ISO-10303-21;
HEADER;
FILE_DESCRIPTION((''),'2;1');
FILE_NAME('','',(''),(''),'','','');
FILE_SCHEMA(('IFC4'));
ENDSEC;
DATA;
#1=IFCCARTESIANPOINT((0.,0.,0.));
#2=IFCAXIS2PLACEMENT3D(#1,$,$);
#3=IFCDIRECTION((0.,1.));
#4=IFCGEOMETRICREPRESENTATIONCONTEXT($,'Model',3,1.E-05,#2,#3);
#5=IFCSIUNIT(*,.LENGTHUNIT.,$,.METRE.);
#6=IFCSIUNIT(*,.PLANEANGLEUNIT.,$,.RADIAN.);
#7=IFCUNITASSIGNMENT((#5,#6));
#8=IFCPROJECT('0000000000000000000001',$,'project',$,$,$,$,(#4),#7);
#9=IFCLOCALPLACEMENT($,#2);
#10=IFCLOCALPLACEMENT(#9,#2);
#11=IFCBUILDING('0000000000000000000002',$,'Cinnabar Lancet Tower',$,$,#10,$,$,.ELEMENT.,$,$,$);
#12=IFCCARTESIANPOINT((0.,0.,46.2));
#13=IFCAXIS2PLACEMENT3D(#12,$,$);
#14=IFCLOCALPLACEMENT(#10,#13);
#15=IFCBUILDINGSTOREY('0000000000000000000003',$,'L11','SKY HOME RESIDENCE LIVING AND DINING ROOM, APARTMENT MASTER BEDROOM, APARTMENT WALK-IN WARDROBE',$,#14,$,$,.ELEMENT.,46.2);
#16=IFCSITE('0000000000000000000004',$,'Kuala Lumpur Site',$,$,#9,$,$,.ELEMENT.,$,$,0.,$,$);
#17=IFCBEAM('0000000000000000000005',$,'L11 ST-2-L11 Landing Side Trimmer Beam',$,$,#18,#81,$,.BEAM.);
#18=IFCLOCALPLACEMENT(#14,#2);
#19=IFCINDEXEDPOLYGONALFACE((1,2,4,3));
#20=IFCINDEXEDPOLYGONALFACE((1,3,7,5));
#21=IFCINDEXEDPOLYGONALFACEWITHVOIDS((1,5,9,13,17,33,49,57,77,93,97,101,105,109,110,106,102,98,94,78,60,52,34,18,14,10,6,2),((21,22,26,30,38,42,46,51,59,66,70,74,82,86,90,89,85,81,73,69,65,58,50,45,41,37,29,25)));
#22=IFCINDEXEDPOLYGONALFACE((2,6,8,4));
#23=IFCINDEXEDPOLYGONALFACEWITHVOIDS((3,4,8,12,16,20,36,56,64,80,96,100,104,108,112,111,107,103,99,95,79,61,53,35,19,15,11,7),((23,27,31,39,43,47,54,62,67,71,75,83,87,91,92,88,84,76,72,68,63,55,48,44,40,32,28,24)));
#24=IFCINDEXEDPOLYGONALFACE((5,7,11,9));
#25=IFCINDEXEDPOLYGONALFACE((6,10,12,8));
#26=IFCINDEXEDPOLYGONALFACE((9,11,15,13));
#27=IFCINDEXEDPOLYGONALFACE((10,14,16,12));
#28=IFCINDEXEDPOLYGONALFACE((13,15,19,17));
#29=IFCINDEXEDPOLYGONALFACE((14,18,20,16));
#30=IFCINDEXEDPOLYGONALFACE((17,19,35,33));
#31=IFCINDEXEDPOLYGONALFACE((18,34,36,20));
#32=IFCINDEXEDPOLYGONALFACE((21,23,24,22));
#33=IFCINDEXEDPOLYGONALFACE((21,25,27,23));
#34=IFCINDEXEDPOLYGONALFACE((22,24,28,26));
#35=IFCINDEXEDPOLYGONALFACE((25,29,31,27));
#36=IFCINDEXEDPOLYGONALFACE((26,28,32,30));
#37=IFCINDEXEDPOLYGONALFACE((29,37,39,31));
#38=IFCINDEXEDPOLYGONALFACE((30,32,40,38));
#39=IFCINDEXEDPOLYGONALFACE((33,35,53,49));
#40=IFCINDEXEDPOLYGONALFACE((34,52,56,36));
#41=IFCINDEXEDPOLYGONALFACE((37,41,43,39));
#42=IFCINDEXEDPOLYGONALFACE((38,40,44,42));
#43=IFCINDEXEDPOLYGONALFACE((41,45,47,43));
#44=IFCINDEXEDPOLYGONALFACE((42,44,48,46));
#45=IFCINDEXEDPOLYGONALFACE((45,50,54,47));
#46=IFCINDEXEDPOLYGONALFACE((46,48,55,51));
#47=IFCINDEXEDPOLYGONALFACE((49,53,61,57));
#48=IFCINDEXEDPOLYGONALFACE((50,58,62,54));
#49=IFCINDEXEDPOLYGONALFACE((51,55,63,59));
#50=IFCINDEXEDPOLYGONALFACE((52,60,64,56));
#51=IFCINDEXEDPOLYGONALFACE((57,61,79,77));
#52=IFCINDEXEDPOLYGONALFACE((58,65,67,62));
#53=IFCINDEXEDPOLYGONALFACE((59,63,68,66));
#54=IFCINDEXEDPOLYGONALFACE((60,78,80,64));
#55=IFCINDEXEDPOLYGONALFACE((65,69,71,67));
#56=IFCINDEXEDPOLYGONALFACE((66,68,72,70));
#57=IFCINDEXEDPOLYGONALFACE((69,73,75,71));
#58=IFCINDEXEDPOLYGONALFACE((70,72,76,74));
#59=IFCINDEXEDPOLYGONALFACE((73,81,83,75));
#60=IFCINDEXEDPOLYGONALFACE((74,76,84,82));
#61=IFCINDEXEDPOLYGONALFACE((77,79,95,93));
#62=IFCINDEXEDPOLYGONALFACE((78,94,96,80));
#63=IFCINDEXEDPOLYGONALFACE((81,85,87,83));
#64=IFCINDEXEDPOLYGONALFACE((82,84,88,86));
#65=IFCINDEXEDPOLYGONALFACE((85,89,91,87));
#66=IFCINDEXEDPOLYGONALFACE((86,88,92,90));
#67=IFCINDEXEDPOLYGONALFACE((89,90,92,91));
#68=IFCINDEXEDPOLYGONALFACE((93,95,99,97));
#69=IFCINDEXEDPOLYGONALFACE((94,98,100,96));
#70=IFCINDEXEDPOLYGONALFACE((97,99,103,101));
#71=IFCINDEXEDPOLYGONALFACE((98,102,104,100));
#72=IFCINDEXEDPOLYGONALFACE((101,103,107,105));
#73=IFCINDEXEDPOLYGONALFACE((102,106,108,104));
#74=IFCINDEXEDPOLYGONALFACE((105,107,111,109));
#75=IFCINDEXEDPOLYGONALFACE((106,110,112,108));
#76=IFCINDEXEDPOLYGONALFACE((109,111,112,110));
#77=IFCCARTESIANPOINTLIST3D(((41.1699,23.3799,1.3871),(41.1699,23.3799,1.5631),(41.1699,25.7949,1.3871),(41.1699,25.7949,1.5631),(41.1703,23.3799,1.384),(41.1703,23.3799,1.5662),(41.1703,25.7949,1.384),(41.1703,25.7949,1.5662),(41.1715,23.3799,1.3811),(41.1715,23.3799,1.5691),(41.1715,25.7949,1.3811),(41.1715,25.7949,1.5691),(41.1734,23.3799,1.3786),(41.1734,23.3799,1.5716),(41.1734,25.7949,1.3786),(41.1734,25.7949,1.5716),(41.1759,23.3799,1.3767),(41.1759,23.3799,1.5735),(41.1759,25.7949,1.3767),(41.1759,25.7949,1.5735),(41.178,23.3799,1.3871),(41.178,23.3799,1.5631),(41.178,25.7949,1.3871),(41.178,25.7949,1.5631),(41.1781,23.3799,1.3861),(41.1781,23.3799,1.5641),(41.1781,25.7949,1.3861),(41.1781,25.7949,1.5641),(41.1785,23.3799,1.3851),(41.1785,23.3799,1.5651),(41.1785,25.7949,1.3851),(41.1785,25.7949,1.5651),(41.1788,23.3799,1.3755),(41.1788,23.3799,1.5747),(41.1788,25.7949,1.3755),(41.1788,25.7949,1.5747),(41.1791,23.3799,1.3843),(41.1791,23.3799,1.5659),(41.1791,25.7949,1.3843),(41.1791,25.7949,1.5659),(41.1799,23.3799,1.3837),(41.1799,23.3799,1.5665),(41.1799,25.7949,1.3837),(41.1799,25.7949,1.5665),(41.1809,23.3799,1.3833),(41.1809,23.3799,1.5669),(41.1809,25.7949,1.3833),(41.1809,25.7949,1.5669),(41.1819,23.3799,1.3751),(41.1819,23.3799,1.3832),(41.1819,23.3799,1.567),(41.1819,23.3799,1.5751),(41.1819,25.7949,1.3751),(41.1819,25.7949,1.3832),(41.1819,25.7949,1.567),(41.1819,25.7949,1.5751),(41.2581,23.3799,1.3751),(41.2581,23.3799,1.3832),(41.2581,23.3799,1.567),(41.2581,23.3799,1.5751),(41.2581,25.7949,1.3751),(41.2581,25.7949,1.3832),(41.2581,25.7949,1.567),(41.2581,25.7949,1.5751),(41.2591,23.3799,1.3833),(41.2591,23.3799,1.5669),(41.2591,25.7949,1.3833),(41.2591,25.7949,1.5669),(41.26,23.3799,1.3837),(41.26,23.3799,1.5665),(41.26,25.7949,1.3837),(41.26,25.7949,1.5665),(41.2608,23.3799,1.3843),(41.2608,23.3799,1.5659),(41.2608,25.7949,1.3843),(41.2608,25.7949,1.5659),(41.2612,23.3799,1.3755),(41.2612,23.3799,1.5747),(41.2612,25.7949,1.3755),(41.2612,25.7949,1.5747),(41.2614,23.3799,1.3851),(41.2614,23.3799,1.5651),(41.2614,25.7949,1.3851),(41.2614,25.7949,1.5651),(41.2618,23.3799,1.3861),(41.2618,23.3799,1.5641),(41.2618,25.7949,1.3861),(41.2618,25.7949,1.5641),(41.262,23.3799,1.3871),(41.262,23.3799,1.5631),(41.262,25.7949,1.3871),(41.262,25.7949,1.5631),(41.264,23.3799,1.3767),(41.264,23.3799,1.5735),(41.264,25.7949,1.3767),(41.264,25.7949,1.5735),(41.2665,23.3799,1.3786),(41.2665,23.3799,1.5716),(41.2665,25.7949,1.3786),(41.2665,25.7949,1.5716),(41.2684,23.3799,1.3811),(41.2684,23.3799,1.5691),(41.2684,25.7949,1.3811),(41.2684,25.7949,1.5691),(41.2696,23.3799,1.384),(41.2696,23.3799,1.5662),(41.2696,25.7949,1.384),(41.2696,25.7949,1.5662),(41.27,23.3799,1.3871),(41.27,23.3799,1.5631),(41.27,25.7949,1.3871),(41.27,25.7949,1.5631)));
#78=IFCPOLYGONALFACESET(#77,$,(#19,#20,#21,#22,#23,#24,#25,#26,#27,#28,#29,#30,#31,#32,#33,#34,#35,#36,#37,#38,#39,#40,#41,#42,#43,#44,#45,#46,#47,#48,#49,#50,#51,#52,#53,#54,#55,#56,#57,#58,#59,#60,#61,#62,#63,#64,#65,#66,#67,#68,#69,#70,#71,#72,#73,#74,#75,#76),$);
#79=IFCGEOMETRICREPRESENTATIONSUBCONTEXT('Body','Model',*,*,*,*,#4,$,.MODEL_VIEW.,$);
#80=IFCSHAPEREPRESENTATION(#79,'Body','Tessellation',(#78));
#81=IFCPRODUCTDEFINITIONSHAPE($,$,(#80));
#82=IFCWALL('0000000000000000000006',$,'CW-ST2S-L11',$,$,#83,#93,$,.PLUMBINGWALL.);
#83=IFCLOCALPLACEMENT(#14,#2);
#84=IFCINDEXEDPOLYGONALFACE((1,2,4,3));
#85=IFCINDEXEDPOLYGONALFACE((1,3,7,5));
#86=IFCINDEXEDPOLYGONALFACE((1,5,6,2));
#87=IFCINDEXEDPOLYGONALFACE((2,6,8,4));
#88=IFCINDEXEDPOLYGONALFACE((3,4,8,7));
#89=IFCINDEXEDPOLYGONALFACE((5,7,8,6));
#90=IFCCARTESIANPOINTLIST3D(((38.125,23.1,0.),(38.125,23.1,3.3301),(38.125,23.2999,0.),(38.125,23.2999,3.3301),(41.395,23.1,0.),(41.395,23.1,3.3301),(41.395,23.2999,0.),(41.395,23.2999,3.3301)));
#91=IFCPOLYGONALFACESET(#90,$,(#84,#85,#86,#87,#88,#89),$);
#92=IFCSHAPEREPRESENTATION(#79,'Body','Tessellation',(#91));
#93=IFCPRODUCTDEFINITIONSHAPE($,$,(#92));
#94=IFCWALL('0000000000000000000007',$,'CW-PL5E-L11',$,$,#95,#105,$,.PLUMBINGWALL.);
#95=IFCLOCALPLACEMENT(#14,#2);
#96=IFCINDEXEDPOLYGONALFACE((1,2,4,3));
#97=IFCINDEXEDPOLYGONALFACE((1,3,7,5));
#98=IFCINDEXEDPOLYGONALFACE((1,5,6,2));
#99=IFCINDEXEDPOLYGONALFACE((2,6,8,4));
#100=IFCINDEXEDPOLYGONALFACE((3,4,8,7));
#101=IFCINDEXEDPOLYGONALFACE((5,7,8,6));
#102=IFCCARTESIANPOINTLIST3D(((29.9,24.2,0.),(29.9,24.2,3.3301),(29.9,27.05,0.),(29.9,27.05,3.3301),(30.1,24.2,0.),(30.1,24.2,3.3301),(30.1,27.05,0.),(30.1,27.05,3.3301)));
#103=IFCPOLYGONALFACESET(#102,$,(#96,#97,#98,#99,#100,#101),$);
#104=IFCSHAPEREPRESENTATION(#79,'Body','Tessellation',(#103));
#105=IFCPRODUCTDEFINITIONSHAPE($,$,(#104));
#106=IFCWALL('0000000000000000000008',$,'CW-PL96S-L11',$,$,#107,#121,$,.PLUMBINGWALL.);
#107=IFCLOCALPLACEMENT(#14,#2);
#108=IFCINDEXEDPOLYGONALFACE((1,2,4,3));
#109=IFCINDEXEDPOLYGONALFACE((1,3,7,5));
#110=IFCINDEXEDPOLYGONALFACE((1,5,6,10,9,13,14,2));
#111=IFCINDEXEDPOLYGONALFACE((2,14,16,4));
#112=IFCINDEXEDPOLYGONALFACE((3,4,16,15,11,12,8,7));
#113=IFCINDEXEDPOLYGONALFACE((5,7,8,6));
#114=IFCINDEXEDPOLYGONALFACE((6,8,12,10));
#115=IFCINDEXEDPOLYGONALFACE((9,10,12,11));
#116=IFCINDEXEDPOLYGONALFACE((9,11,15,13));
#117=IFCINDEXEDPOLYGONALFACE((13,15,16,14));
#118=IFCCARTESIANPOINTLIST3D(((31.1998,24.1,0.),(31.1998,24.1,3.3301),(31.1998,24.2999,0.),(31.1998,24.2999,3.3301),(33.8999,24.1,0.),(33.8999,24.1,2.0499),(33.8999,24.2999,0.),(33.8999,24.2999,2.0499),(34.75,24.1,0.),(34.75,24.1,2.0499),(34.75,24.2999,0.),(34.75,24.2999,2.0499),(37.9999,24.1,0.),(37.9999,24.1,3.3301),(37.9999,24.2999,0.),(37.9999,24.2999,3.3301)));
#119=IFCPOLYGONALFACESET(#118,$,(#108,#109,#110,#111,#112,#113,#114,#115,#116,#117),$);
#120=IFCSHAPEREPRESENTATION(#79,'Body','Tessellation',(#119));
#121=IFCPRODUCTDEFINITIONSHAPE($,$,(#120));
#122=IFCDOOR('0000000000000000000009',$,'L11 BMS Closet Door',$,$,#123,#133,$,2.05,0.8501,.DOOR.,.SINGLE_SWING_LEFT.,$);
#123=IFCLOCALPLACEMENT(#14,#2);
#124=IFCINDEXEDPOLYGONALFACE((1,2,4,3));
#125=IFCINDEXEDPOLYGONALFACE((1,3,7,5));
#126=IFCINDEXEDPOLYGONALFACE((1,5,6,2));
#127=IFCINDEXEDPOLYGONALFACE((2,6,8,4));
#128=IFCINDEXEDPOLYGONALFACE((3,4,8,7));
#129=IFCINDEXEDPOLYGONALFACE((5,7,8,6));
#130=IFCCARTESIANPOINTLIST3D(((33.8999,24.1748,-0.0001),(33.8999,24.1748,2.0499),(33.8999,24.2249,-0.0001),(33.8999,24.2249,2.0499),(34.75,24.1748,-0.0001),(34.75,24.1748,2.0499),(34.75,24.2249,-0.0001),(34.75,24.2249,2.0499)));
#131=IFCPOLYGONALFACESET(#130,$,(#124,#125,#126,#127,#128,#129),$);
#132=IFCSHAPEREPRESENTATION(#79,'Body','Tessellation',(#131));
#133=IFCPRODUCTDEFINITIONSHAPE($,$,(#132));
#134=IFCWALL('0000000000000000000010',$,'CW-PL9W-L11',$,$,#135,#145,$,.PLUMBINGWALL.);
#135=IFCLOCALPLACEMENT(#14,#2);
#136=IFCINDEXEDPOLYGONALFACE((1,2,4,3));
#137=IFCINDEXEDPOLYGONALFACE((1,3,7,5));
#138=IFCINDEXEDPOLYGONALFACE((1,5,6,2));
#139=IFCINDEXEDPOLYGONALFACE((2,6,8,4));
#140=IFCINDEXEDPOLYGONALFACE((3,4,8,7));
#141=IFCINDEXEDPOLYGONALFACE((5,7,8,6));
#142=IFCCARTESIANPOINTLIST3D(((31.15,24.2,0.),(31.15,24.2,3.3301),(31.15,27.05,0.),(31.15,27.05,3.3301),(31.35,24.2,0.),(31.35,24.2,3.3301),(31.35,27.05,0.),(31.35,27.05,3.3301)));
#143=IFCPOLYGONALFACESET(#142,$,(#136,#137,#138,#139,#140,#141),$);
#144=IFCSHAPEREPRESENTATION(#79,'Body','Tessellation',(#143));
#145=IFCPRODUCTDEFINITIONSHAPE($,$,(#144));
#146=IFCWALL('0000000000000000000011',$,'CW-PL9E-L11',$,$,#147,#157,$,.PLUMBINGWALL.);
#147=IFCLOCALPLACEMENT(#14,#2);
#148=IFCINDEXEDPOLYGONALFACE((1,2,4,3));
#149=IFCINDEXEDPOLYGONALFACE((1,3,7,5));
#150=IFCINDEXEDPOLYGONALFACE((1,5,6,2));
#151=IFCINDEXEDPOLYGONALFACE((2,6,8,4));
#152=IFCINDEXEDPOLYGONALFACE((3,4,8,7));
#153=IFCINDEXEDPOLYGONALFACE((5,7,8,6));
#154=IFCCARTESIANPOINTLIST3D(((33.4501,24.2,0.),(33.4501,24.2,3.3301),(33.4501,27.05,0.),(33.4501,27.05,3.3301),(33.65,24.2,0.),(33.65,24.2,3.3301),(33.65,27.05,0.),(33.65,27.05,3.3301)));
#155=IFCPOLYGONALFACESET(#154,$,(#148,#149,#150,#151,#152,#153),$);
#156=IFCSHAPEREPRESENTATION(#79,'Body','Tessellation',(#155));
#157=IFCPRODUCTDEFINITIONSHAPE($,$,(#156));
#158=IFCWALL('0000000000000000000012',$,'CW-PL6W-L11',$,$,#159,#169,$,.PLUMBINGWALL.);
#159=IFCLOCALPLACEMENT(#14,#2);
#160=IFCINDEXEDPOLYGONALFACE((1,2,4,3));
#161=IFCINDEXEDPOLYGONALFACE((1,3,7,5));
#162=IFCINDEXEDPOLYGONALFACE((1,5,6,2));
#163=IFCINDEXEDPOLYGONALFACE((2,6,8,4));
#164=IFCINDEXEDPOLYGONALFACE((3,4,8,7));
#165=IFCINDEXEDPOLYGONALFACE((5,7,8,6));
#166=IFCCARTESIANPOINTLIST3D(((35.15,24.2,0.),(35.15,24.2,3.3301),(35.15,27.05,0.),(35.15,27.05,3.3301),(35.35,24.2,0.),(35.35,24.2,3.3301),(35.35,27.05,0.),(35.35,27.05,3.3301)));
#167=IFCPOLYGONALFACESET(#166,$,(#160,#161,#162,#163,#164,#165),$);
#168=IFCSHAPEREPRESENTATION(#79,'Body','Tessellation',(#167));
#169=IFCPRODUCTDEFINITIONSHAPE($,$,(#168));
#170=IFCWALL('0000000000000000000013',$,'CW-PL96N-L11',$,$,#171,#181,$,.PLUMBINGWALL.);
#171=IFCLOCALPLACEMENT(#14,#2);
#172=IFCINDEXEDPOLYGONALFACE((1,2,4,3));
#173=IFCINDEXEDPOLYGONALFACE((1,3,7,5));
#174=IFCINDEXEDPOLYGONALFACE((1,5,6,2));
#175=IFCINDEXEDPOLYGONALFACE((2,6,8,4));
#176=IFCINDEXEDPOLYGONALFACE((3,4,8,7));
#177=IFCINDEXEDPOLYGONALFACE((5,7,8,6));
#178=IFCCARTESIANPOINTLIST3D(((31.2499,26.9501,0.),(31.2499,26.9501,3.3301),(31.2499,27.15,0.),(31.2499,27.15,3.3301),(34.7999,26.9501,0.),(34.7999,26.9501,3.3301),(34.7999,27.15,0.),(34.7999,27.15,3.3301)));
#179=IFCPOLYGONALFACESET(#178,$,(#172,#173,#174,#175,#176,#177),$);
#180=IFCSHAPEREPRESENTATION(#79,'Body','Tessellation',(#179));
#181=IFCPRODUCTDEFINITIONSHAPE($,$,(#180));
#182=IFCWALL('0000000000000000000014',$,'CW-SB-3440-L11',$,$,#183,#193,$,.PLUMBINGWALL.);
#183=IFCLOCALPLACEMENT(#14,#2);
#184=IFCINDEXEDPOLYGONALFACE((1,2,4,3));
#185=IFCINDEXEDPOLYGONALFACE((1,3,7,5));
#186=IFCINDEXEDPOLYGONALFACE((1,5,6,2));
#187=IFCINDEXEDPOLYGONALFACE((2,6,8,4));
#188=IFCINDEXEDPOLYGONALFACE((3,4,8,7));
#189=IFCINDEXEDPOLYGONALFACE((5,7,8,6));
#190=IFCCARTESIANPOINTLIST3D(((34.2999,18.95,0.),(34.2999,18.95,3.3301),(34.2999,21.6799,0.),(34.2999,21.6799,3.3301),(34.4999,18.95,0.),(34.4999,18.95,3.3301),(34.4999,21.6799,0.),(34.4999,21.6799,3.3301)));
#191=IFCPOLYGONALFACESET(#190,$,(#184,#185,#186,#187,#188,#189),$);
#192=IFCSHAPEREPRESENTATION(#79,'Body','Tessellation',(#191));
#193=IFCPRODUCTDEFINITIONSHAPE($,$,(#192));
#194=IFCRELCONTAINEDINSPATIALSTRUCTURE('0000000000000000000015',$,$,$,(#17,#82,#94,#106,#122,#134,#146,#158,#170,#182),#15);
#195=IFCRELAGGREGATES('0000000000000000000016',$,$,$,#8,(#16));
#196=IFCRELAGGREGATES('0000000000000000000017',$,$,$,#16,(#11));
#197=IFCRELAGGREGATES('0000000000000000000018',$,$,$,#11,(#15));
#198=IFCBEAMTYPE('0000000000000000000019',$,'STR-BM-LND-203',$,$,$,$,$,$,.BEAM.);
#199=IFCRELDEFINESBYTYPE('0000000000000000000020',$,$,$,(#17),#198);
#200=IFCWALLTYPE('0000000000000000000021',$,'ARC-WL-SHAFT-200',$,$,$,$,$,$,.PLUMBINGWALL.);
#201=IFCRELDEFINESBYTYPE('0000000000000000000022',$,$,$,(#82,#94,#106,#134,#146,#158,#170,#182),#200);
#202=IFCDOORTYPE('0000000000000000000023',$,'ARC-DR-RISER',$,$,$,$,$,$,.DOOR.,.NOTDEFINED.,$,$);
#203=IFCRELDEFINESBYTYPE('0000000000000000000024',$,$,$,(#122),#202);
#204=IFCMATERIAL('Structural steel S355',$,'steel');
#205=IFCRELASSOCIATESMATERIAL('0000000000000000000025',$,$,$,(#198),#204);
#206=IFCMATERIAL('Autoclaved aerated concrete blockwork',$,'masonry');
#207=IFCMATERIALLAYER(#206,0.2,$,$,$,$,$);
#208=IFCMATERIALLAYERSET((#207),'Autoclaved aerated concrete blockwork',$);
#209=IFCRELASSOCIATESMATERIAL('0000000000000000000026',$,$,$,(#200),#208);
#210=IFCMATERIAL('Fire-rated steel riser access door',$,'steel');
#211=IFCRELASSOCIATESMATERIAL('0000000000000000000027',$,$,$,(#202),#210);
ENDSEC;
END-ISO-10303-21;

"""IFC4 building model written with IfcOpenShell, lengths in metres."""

from ifc_helpers import new_model, si_unit, direction, frame, frame_2d, origin, origin_2d, place, context, subcontext, project, spatial, rectangle, hollow_rectangle, extrude, material, layer, layer_set, material_profile, profile_set, type_object, element, fill, save


model = new_model("IFC4")

# Units and contexts
model_context = context("Model", 3, precision=1e-05, world=origin(), true_north=direction((0.0, 1.0)))
body_context = subcontext(model_context, "Body", "Model", "MODEL_VIEW")
ifc_project = project(units=[si_unit("LENGTHUNIT", "METRE"), si_unit("PLANEANGLEUNIT", "RADIAN")], contexts=[model_context])

# Site, building, storey
site_placement = place(None, origin())
site = spatial("IfcSite", under=ifc_project, at=site_placement, Name="Kuala Lumpur Site", CompositionType="ELEMENT", RefElevation=0.0)
building_placement = place(site_placement, origin())
building = spatial("IfcBuilding", under=site, at=building_placement, Name="Cinnabar Lancet Tower", CompositionType="ELEMENT")
storey_placement = place(building_placement, frame((0.0, 0.0, 46.2)))
storey = spatial("IfcBuildingStorey", under=building, at=storey_placement, Name="L11", Description="SKY HOME RESIDENCE LIVING AND DINING ROOM, APARTMENT MASTER BEDROOM, APARTMENT WALK-IN WARDROBE", CompositionType="ELEMENT", Elevation=46.2)

# Beam
ifc_material_1 = material(Name="Structural steel S355", Category="steel")
ifc_material_profile = material_profile(ifc_material_1, hollow_rectangle(XDim=0.1001, YDim=0.2, WallThickness=0.0081, InnerFilletRadius=0.0039, OuterFilletRadius=0.012, at=origin_2d()), Name="RHS 200x100x8")
ifc_profile_set = profile_set([ifc_material_profile], Name="Structural steel S355")
beam_type = type_object("IfcBeamType", Name="STR-BM-LND-203", PredefinedType="BEAM", material=ifc_profile_set)
beam_placement = place(storey_placement, frame((41.22, 23.3799, 1.4751), z_axis=(0.0, 1.0, 0.0), x_axis=(-1.0, 0.0, 0.0)))
element("IfcBeam", 1, at=beam_placement, inside=storey, type_object=beam_type, Name="L11 ST-2-L11 Landing Side Trimmer Beam", PredefinedType="BEAM", context=body_context, shape_type="SweptSolid", body=[
    extrude(hollow_rectangle(XDim=0.1001, YDim=0.2, WallThickness=0.0081, InnerFilletRadius=0.0039, OuterFilletRadius=0.012, at=origin_2d()), origin(), (0.0, 0.0, 1.0), 2.415),
])

# Walls
ifc_material_2 = material(Name="Autoclaved aerated concrete blockwork", Category="masonry")
ifc_layer_1 = layer(ifc_material_2, 0.2)
ifc_layer_set_1 = layer_set([ifc_layer_1], Name="Autoclaved aerated concrete blockwork")
wall_type_1 = type_object("IfcWallType", Name="ARC-WL-SHAFT-200", PredefinedType="PLUMBINGWALL", material=ifc_layer_set_1)
wall_1_placement = place(storey_placement, frame((38.125, 23.2, 0.0), z_axis=(0.0, 0.0, 1.0), x_axis=(1.0, 0.0, 0.0)))
element("IfcWall", 2, at=wall_1_placement, inside=storey, type_object=wall_type_1, Name="CW-ST2S-L11", PredefinedType="PLUMBINGWALL", context=body_context, shape_type="SweptSolid", body=[
    extrude(rectangle(XDim=3.27, YDim=0.2, at=frame_2d((1.635, 0.0))), origin(), (0.0, 0.0, 1.0), 3.3301),
])
wall_2_placement = place(storey_placement, frame((30.0, 24.2, 0.0), z_axis=(0.0, 0.0, 1.0), x_axis=(0.0, 1.0, 0.0)))
element("IfcWall", 3, at=wall_2_placement, inside=storey, type_object=wall_type_1, Name="CW-PL5E-L11", PredefinedType="PLUMBINGWALL", context=body_context, shape_type="SweptSolid", body=[
    extrude(rectangle(XDim=2.8501, YDim=0.2, at=frame_2d((1.425, 0.0))), origin(), (0.0, 0.0, 1.0), 3.3301),
])

# Wall, opening, door
wall_3_placement = place(storey_placement, frame((31.2, 24.2, 0.0), z_axis=(0.0, 0.0, 1.0), x_axis=(1.0, 0.0, 0.0)))
wall_3 = element("IfcWall", 4, at=wall_3_placement, inside=storey, type_object=wall_type_1, Name="CW-PL96S-L11", PredefinedType="PLUMBINGWALL", context=body_context, shape_type="SweptSolid", body=[
    extrude(rectangle(XDim=6.8, YDim=0.2, at=frame_2d((3.3999, 0.0))), origin(), (0.0, 0.0, 1.0), 3.3301),
])
opening_1_placement = place(wall_3_placement, frame((2.7, 0.0, 0.0)))
opening_1 = element("IfcOpeningElement", 5, at=opening_1_placement, cuts=wall_3, PredefinedType="OPENING", context=body_context, shape_type="SweptSolid", body=[
    extrude(rectangle(XDim=0.8501, YDim=2.05, at=frame_2d((0.425, 1.0249))), frame((0.0, 0.1099, 0.0), z_axis=(0.0, -1.0, 0.0), x_axis=(1.0, 0.0, 0.0)), (0.0, 0.0, 1.0), 0.22),
])
ifc_material_3 = material(Name="Fire-rated steel riser access door", Category="steel")
door_type_1 = type_object("IfcDoorType", Name="ARC-DR-RISER", OperationType="NOTDEFINED", PredefinedType="DOOR", material=ifc_material_3)
door_1_placement = place(opening_1_placement, origin())
door_1 = element("IfcDoor", 6, at=door_1_placement, inside=storey, type_object=door_type_1, Name="L11 BMS Closet Door", OperationType="SINGLE_SWING_LEFT", OverallHeight=2.05, OverallWidth=0.8501, PredefinedType="DOOR", context=body_context, shape_type="SweptSolid", body=[
    extrude(rectangle(XDim=0.8501, YDim=2.05, at=frame_2d((0.425, 1.0249))), frame((0.0, 0.0249, 0.0), z_axis=(0.0, -1.0, 0.0), x_axis=(1.0, 0.0, 0.0)), (0.0, 0.0, 1.0), 0.05),
])
fill(opening_1, door_1)

# Walls
for number, where, z_axis, x_axis, name in (
    (7, (31.25, 24.2, 0.0), (0.0, 0.0, 1.0), (0.0, 1.0, 0.0), "CW-PL9W-L11"),
    (8, (33.55, 24.2, 0.0), (0.0, 0.0, 1.0), (0.0, 1.0, 0.0), "CW-PL9E-L11"),
    (9, (35.25, 24.2, 0.0), (0.0, 0.0, 1.0), (0.0, 1.0, 0.0), "CW-PL6W-L11"),
):
    element("IfcWall", number, at=place(storey_placement, frame(where, z_axis=z_axis, x_axis=x_axis)), inside=storey, type_object=wall_type_1, Name=name, PredefinedType="PLUMBINGWALL", context=body_context, shape_type="SweptSolid", body=[
        extrude(rectangle(XDim=2.8501, YDim=0.2, at=frame_2d((1.425, 0.0))), origin(), (0.0, 0.0, 1.0), 3.3301),
    ])
wall_4_placement = place(storey_placement, frame((31.25, 27.05, 0.0), z_axis=(0.0, 0.0, 1.0), x_axis=(1.0, 0.0, 0.0)))
element("IfcWall", 10, at=wall_4_placement, inside=storey, type_object=wall_type_1, Name="CW-PL96N-L11", PredefinedType="PLUMBINGWALL", context=body_context, shape_type="SweptSolid", body=[
    extrude(rectangle(XDim=3.55, YDim=0.2, at=frame_2d((1.7749, 0.0))), origin(), (0.0, 0.0, 1.0), 3.3301),
])
for number, where, z_axis, x_axis, name in (
    (11, (34.3999, 18.95, 0.0), (0.0, 0.0, 1.0), (0.0, 1.0, 0.0), "CW-SB-3440-L11"),
):
    element("IfcWall", number, at=place(storey_placement, frame(where, z_axis=z_axis, x_axis=x_axis)), inside=storey, type_object=wall_type_1, Name=name, PredefinedType="PLUMBINGWALL", context=body_context, shape_type="SweptSolid", body=[
        extrude(rectangle(XDim=2.73, YDim=0.2, at=frame_2d((1.365, 0.0))), origin(), (0.0, 0.0, 1.0), 3.3301),
    ])

save(model, "model.ifc")
